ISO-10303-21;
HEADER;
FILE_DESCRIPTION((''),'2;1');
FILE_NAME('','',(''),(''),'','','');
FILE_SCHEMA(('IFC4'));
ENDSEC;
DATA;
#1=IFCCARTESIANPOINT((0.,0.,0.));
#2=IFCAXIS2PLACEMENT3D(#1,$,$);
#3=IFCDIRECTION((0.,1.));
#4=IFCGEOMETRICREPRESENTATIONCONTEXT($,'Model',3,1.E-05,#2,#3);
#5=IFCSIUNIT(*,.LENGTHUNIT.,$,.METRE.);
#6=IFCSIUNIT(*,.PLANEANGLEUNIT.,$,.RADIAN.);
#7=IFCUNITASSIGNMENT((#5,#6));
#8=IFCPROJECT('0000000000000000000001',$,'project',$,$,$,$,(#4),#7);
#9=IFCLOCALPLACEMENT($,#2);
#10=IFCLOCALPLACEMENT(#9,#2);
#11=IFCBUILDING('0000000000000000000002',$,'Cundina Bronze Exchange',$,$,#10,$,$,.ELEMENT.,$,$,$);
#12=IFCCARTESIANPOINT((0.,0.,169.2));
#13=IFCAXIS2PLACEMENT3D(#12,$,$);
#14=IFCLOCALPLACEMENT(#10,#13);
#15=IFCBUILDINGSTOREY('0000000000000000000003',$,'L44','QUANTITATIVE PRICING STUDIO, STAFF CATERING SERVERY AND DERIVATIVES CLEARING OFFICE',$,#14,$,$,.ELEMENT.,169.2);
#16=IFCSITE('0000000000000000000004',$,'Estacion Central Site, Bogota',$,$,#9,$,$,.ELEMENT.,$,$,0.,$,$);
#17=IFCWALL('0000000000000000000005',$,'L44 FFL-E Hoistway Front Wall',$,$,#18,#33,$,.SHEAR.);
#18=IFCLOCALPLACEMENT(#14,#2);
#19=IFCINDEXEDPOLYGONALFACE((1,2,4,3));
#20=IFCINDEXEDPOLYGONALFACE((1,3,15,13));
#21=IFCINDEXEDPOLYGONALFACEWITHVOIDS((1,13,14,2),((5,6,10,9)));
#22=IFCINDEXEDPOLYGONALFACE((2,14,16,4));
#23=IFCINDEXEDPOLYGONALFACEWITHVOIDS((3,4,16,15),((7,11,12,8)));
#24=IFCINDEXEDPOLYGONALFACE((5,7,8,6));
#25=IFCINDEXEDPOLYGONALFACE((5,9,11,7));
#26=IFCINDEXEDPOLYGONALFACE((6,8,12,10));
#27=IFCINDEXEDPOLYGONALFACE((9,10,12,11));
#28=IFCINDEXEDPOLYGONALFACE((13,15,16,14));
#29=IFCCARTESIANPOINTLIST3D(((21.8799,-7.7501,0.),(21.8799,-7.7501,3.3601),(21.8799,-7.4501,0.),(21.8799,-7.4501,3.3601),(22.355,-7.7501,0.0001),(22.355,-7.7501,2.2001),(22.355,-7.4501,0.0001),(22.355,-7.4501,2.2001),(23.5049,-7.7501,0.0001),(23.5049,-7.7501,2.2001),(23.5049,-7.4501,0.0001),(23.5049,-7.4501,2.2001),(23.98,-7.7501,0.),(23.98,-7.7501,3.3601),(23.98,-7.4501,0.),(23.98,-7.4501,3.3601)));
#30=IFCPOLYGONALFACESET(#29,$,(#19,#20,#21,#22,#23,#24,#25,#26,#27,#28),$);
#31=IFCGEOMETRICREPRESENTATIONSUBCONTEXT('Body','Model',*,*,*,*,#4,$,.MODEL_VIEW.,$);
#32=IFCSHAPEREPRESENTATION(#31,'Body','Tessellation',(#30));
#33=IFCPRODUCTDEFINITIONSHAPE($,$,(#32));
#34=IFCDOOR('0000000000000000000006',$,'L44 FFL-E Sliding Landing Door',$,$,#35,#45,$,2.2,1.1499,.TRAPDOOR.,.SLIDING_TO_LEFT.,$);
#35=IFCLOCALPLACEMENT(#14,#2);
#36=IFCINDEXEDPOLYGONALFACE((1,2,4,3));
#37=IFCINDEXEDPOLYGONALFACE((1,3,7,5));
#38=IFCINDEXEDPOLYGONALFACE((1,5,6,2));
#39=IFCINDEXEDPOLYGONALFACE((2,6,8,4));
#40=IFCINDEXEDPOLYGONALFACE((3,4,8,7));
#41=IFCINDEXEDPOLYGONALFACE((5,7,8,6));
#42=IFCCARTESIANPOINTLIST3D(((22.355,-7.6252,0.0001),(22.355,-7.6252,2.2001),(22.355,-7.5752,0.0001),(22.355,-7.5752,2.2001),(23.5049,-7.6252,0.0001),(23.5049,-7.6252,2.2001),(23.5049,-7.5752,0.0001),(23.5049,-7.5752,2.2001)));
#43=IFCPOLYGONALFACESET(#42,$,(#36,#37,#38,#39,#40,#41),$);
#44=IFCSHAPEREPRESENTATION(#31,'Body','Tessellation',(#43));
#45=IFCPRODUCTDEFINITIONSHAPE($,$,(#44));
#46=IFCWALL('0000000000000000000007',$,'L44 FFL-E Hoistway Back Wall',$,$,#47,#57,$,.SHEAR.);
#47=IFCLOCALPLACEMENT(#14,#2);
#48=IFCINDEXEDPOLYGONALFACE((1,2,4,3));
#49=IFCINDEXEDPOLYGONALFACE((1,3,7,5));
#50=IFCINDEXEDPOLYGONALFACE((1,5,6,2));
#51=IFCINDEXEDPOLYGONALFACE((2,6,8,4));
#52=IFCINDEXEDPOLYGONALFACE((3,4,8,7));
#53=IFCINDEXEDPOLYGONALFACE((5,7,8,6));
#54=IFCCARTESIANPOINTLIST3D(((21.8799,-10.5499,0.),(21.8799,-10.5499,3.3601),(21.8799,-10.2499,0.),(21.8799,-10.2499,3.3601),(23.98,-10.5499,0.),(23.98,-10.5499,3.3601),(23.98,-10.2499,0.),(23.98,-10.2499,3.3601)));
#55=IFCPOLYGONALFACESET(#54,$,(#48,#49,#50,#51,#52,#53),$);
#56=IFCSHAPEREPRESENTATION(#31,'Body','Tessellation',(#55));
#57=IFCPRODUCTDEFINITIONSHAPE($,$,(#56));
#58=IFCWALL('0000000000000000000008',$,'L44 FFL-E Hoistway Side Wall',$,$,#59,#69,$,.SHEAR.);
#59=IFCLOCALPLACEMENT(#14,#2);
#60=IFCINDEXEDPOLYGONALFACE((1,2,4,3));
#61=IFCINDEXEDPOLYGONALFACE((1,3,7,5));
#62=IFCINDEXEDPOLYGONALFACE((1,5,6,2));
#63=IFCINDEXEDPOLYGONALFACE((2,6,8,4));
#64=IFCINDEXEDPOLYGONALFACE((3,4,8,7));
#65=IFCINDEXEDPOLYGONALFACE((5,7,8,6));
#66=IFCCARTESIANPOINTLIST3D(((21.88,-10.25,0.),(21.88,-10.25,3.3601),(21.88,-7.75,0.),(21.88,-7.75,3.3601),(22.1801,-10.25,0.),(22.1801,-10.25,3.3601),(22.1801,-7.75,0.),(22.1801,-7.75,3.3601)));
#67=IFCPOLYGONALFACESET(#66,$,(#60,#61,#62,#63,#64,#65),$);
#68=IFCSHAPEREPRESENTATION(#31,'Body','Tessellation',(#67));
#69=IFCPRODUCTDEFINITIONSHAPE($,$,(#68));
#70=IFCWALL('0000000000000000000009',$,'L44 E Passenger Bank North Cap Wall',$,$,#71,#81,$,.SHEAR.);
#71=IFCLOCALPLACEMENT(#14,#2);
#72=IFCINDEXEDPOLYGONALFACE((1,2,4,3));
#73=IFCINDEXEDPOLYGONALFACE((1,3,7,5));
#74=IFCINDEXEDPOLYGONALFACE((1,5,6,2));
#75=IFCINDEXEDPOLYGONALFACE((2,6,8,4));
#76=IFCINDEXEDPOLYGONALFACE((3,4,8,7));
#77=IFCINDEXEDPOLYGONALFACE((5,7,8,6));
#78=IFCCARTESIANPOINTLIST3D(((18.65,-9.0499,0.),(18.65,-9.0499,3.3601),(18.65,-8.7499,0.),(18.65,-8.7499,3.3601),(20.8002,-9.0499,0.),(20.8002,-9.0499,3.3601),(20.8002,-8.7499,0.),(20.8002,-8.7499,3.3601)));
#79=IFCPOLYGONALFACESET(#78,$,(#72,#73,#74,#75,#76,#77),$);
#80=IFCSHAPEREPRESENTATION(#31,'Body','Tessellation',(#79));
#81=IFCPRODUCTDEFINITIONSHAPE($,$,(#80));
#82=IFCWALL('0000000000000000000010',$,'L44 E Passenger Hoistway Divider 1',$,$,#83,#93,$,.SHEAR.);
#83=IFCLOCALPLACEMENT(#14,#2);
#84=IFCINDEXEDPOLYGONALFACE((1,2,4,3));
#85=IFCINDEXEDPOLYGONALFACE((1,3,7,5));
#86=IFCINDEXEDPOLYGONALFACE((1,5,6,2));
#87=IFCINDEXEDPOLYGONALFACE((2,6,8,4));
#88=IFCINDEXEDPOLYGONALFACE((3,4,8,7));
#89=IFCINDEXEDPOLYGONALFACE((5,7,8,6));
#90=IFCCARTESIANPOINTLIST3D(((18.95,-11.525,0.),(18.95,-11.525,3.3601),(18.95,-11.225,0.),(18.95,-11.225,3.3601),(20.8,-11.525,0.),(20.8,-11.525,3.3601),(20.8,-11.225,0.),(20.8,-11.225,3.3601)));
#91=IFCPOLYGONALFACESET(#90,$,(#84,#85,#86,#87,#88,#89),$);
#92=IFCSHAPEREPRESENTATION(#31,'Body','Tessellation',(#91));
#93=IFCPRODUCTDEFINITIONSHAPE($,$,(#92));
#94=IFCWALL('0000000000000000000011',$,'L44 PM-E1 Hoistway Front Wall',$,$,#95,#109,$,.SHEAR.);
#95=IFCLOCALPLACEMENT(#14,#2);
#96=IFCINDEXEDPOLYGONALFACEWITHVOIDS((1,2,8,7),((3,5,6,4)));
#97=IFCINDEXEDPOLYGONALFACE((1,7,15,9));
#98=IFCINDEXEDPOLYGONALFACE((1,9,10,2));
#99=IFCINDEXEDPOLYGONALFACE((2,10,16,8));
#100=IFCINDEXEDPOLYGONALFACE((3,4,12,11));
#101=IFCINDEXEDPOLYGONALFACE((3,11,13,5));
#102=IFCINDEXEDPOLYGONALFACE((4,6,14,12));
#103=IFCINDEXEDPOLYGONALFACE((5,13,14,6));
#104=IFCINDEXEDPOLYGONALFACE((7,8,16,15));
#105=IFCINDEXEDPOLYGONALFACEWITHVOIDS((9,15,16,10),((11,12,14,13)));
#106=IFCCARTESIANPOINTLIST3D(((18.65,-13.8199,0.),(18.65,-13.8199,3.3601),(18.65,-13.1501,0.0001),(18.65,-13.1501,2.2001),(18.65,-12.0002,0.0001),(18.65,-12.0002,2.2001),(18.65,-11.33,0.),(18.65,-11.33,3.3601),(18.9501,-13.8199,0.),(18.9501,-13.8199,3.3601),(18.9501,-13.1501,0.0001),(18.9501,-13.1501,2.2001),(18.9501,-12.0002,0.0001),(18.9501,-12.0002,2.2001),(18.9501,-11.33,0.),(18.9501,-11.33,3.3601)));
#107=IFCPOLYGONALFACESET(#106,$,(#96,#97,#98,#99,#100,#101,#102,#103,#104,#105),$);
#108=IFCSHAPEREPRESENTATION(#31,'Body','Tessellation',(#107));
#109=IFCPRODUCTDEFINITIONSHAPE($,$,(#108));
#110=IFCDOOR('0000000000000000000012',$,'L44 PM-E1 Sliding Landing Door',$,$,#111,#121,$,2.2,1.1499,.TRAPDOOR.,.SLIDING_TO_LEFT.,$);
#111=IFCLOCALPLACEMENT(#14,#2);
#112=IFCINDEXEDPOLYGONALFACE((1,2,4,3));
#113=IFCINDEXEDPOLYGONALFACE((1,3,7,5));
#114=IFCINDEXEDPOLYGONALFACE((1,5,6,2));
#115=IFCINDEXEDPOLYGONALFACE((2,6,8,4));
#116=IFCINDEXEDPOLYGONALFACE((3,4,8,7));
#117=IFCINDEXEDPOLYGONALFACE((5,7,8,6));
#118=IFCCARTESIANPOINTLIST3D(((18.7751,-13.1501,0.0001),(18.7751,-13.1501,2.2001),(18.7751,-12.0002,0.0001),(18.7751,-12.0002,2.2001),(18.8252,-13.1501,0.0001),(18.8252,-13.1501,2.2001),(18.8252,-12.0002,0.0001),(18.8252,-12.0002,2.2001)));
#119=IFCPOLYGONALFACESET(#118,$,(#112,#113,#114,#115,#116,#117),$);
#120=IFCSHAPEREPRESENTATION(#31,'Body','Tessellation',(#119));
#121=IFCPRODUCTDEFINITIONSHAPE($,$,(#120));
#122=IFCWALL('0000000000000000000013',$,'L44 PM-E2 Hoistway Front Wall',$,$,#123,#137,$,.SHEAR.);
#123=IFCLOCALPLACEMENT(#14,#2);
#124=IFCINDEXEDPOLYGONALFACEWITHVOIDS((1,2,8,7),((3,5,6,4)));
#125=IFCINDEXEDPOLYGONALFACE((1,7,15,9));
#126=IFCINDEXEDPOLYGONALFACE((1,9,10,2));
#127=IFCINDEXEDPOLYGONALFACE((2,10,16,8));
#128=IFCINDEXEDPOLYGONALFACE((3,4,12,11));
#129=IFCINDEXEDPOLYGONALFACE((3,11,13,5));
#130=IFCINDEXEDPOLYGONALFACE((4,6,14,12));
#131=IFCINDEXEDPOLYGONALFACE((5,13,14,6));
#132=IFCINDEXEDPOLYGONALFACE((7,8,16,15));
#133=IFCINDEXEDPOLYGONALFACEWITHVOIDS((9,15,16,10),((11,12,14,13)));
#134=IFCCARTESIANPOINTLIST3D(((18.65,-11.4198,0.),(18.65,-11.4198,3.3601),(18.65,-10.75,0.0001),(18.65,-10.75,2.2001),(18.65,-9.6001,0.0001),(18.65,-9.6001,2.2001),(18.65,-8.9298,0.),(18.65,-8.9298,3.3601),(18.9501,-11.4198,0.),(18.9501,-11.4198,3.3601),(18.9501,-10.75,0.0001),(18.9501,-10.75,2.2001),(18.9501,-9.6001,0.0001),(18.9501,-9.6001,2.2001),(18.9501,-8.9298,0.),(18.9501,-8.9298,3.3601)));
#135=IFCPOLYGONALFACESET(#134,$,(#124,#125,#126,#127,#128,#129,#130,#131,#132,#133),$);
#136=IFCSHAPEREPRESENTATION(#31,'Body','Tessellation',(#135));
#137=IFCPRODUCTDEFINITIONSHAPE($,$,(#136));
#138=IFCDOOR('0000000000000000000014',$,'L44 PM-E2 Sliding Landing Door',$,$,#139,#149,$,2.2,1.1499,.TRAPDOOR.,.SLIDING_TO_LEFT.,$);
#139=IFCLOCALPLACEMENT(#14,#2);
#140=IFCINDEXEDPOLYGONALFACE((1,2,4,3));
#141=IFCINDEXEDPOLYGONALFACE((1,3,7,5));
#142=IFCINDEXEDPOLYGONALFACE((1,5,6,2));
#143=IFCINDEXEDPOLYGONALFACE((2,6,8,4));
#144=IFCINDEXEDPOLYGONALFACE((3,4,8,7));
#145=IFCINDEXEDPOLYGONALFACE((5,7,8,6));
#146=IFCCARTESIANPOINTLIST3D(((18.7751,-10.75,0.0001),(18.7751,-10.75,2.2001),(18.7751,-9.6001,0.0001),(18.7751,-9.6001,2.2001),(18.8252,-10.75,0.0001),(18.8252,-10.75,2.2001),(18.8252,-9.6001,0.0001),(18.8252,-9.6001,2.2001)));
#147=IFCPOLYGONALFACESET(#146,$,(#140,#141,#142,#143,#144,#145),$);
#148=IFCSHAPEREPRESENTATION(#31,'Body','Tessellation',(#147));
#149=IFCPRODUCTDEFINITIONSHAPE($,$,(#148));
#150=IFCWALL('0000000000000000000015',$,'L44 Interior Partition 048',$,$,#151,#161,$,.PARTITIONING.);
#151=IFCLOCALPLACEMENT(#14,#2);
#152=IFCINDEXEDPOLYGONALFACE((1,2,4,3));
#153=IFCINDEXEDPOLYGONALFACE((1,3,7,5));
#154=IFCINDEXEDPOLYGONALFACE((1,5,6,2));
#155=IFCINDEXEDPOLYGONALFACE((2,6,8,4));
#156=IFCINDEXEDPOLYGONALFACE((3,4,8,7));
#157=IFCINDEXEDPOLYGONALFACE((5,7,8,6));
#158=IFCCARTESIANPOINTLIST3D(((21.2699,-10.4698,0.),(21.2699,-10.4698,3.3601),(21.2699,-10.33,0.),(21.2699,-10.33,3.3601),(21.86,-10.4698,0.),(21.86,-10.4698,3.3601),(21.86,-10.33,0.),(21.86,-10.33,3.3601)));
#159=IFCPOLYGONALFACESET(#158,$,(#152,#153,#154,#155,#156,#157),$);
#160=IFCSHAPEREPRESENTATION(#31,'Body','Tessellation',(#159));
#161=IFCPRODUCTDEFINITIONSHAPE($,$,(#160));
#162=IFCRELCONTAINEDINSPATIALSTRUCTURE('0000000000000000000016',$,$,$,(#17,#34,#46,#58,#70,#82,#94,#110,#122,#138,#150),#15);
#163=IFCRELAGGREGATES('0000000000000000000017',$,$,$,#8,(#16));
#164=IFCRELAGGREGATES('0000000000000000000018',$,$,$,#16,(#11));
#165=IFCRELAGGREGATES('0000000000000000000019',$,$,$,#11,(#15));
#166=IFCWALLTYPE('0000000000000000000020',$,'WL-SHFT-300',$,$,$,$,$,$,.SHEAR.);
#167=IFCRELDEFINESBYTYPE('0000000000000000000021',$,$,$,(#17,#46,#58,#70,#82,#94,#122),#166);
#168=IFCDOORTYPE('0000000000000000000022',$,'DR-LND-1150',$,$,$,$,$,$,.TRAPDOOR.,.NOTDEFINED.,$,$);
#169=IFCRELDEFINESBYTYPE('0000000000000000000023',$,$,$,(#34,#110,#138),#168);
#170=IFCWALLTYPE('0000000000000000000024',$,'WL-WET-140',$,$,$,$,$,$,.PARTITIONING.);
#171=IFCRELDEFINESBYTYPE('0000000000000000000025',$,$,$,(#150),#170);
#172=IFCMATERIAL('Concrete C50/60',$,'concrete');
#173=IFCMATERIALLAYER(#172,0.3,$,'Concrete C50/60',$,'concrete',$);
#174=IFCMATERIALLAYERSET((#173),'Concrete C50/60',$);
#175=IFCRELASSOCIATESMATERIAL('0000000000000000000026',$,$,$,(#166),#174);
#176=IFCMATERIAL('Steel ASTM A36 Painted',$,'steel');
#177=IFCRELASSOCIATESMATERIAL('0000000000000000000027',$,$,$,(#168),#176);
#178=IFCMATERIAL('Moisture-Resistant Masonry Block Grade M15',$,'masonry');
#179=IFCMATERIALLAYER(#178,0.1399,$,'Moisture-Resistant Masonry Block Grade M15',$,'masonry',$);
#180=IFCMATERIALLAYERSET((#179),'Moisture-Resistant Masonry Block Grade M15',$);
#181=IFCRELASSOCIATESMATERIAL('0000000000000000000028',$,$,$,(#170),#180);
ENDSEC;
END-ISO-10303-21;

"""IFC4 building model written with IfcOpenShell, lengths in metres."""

from ifc_helpers import new_model, si_unit, direction, frame, frame_2d, origin, place, context, subcontext, project, spatial, rectangle, extrude, material, layer, layer_set, type_object, element, fill, save


model = new_model("IFC4")

# Units and contexts
model_context = context("Model", 3, precision=1e-05, world=origin(), true_north=direction((0.0, 1.0)))
body_context = subcontext(model_context, "Body", "Model", "MODEL_VIEW")
ifc_project = project(units=[si_unit("LENGTHUNIT", "METRE"), si_unit("PLANEANGLEUNIT", "RADIAN")], contexts=[model_context])

# Site, building, storey
site_placement = place(None, origin())
site = spatial("IfcSite", under=ifc_project, at=site_placement, Name="Estacion Central Site, Bogota", CompositionType="ELEMENT", RefElevation=0.0)
building_placement = place(site_placement, origin())
building = spatial("IfcBuilding", under=site, at=building_placement, Name="Cundina Bronze Exchange", CompositionType="ELEMENT")
storey_placement = place(building_placement, frame((0.0, 0.0, 169.2)))
storey = spatial("IfcBuildingStorey", under=building, at=storey_placement, Name="L44", Description="QUANTITATIVE PRICING STUDIO, STAFF CATERING SERVERY AND DERIVATIVES CLEARING OFFICE", CompositionType="ELEMENT", Elevation=169.2)

# Shared definitions
ifc_material_1 = material(Name="Concrete C50/60", Category="concrete")

# Shared definitions
ifc_layer_1 = layer(ifc_material_1, 0.3, Name="Concrete C50/60", Category="concrete")
ifc_layer_set_1 = layer_set([ifc_layer_1], Name="Concrete C50/60")
wall_type_1 = type_object("IfcWallType", Name="WL-SHFT-300", PredefinedType="SHEAR", material=ifc_layer_set_1)

# Wall, opening, door
ifc_material_2 = material(Name="Steel ASTM A36 Painted", Category="steel")
wall_1_placement = place(storey_placement, frame((21.8799, -7.6001, 0.0), z_axis=(0.0, 0.0, 1.0), x_axis=(1.0, 0.0, 0.0)))
wall_1 = element("IfcWall", 1, at=wall_1_placement, inside=storey, type_object=wall_type_1, Name="L44 FFL-E Hoistway Front Wall", PredefinedType="SHEAR", context=body_context, shape_type="SweptSolid", body=[
    extrude(rectangle(XDim=2.1001, YDim=0.3, at=frame_2d((1.05, 0.0))), origin(), (0.0, 0.0, 1.0), 3.3601),
])
opening_1_placement = place(wall_1_placement, frame((0.4751, 0.0, 0.0)))
opening_1 = element("IfcOpeningElement", 2, at=opening_1_placement, cuts=wall_1, PredefinedType="OPENING", context=body_context, shape_type="SweptSolid", body=[
    extrude(rectangle(XDim=1.1499, YDim=2.2, at=frame_2d((0.575, 1.1001))), frame((0.0, 0.1599, 0.0), z_axis=(0.0, -1.0, 0.0), x_axis=(1.0, 0.0, 0.0)), (0.0, 0.0, 1.0), 0.3201),
])
door_type_1 = type_object("IfcDoorType", Name="DR-LND-1150", OperationType="NOTDEFINED", PredefinedType="TRAPDOOR", material=ifc_material_2)
door_1_placement = place(opening_1_placement, origin())
door_1 = element("IfcDoor", 3, at=door_1_placement, inside=storey, type_object=door_type_1, Name="L44 FFL-E Sliding Landing Door", OperationType="SLIDING_TO_LEFT", OverallHeight=2.2, OverallWidth=1.1499, PredefinedType="TRAPDOOR", context=body_context, shape_type="SweptSolid", body=[
    extrude(rectangle(XDim=1.1499, YDim=2.2, at=frame_2d((0.575, 1.1001))), frame((0.0, 0.0249, 0.0), z_axis=(0.0, -1.0, 0.0), x_axis=(1.0, 0.0, 0.0)), (0.0, 0.0, 1.0), 0.05),
])
fill(opening_1, door_1)

# Walls
wall_2_placement = place(storey_placement, frame((21.8799, -10.3999, 0.0), z_axis=(0.0, 0.0, 1.0), x_axis=(1.0, 0.0, 0.0)))
element("IfcWall", 4, at=wall_2_placement, inside=storey, type_object=wall_type_1, Name="L44 FFL-E Hoistway Back Wall", PredefinedType="SHEAR", context=body_context, shape_type="SweptSolid", body=[
    extrude(rectangle(XDim=2.1001, YDim=0.3, at=frame_2d((1.05, 0.0))), origin(), (0.0, 0.0, 1.0), 3.3601),
])
wall_3_placement = place(storey_placement, frame((22.03, -10.25, 0.0), z_axis=(0.0, 0.0, 1.0), x_axis=(0.0, 1.0, 0.0)))
element("IfcWall", 5, at=wall_3_placement, inside=storey, type_object=wall_type_1, Name="L44 FFL-E Hoistway Side Wall", PredefinedType="SHEAR", context=body_context, shape_type="SweptSolid", body=[
    extrude(rectangle(XDim=2.5, YDim=0.3, at=frame_2d((1.25, 0.0))), origin(), (0.0, 0.0, 1.0), 3.3601),
])
wall_4_placement = place(storey_placement, frame((18.6499, -8.8999, 0.0), z_axis=(0.0, 0.0, 1.0), x_axis=(1.0, 0.0, 0.0)))
element("IfcWall", 6, at=wall_4_placement, inside=storey, type_object=wall_type_1, Name="L44 E Passenger Bank North Cap Wall", PredefinedType="SHEAR", context=body_context, shape_type="SweptSolid", body=[
    extrude(rectangle(XDim=2.1501, YDim=0.3, at=frame_2d((1.0752, 0.0))), origin(), (0.0, 0.0, 1.0), 3.3601),
])
wall_5_placement = place(storey_placement, frame((18.95, -11.375, 0.0), z_axis=(0.0, 0.0, 1.0), x_axis=(1.0, 0.0, 0.0)))
element("IfcWall", 7, at=wall_5_placement, inside=storey, type_object=wall_type_1, Name="L44 E Passenger Hoistway Divider 1", PredefinedType="SHEAR", context=body_context, shape_type="SweptSolid", body=[
    extrude(rectangle(XDim=1.8501, YDim=0.3, at=frame_2d((0.925, 0.0))), origin(), (0.0, 0.0, 1.0), 3.3601),
])

# Walls, openings, doors
wall_6_placement = place(storey_placement, frame((18.8, -13.8201, 0.0), z_axis=(0.0, 0.0, 1.0), x_axis=(0.0, 1.0, 0.0)))
wall_6 = element("IfcWall", 8, at=wall_6_placement, inside=storey, type_object=wall_type_1, Name="L44 PM-E1 Hoistway Front Wall", PredefinedType="SHEAR", context=body_context, shape_type="SweptSolid", body=[
    extrude(rectangle(XDim=2.49, YDim=0.3, at=frame_2d((1.2451, 0.0))), origin(), (0.0, 0.0, 1.0), 3.3601),
])
opening_2_placement = place(wall_6_placement, frame((0.6699, 0.0, 0.0)))
opening_2 = element("IfcOpeningElement", 9, at=opening_2_placement, cuts=wall_6, PredefinedType="OPENING", context=body_context, shape_type="SweptSolid", body=[
    extrude(rectangle(XDim=1.1499, YDim=2.2, at=frame_2d((0.575, 1.1001))), frame((0.0, 0.1599, 0.0), z_axis=(0.0, -1.0, 0.0), x_axis=(1.0, 0.0, 0.0)), (0.0, 0.0, 1.0), 0.3201),
])
door_2_placement = place(opening_2_placement, origin())
door_2 = element("IfcDoor", 10, at=door_2_placement, inside=storey, type_object=door_type_1, Name="L44 PM-E1 Sliding Landing Door", OperationType="SLIDING_TO_LEFT", OverallHeight=2.2, OverallWidth=1.1499, PredefinedType="TRAPDOOR", context=body_context, shape_type="SweptSolid", body=[
    extrude(rectangle(XDim=1.1499, YDim=2.2, at=frame_2d((0.575, 1.1001))), frame((0.0, 0.0249, 0.0), z_axis=(0.0, -1.0, 0.0), x_axis=(1.0, 0.0, 0.0)), (0.0, 0.0, 1.0), 0.05),
])
fill(opening_2, door_2)
wall_7_placement = place(storey_placement, frame((18.8, -11.4199, 0.0), z_axis=(0.0, 0.0, 1.0), x_axis=(0.0, 1.0, 0.0)))
wall_7 = element("IfcWall", 11, at=wall_7_placement, inside=storey, type_object=wall_type_1, Name="L44 PM-E2 Hoistway Front Wall", PredefinedType="SHEAR", context=body_context, shape_type="SweptSolid", body=[
    extrude(rectangle(XDim=2.49, YDim=0.3, at=frame_2d((1.2451, 0.0))), origin(), (0.0, 0.0, 1.0), 3.3601),
])
opening_3_placement = place(wall_7_placement, frame((0.6699, 0.0, 0.0)))
opening_3 = element("IfcOpeningElement", 12, at=opening_3_placement, cuts=wall_7, PredefinedType="OPENING", context=body_context, shape_type="SweptSolid", body=[
    extrude(rectangle(XDim=1.1499, YDim=2.2, at=frame_2d((0.575, 1.1001))), frame((0.0, 0.1599, 0.0), z_axis=(0.0, -1.0, 0.0), x_axis=(1.0, 0.0, 0.0)), (0.0, 0.0, 1.0), 0.3201),
])
door_3_placement = place(opening_3_placement, origin())
door_3 = element("IfcDoor", 13, at=door_3_placement, inside=storey, type_object=door_type_1, Name="L44 PM-E2 Sliding Landing Door", OperationType="SLIDING_TO_LEFT", OverallHeight=2.2, OverallWidth=1.1499, PredefinedType="TRAPDOOR", context=body_context, shape_type="SweptSolid", body=[
    extrude(rectangle(XDim=1.1499, YDim=2.2, at=frame_2d((0.575, 1.1001))), frame((0.0, 0.0249, 0.0), z_axis=(0.0, -1.0, 0.0), x_axis=(1.0, 0.0, 0.0)), (0.0, 0.0, 1.0), 0.05),
])
fill(opening_3, door_3)

# Wall
ifc_material_3 = material(Name="Moisture-Resistant Masonry Block Grade M15", Category="masonry")
ifc_layer_2 = layer(ifc_material_3, 0.1399, Name="Moisture-Resistant Masonry Block Grade M15", Category="masonry")
ifc_layer_set_2 = layer_set([ifc_layer_2], Name="Moisture-Resistant Masonry Block Grade M15")
wall_type_2 = type_object("IfcWallType", Name="WL-WET-140", PredefinedType="PARTITIONING", material=ifc_layer_set_2)
wall_8_placement = place(storey_placement, frame((21.27, -10.3999, 0.0), z_axis=(0.0, 0.0, 1.0), x_axis=(1.0, 0.0, 0.0)))
element("IfcWall", 14, at=wall_8_placement, inside=storey, type_object=wall_type_2, Name="L44 Interior Partition 048", PredefinedType="PARTITIONING", context=body_context, shape_type="SweptSolid", body=[
    extrude(rectangle(XDim=0.5901, YDim=0.1399, at=frame_2d((0.2949, 0.0))), origin(), (0.0, 0.0, 1.0), 3.3601),
])

save(model, "model.ifc")
